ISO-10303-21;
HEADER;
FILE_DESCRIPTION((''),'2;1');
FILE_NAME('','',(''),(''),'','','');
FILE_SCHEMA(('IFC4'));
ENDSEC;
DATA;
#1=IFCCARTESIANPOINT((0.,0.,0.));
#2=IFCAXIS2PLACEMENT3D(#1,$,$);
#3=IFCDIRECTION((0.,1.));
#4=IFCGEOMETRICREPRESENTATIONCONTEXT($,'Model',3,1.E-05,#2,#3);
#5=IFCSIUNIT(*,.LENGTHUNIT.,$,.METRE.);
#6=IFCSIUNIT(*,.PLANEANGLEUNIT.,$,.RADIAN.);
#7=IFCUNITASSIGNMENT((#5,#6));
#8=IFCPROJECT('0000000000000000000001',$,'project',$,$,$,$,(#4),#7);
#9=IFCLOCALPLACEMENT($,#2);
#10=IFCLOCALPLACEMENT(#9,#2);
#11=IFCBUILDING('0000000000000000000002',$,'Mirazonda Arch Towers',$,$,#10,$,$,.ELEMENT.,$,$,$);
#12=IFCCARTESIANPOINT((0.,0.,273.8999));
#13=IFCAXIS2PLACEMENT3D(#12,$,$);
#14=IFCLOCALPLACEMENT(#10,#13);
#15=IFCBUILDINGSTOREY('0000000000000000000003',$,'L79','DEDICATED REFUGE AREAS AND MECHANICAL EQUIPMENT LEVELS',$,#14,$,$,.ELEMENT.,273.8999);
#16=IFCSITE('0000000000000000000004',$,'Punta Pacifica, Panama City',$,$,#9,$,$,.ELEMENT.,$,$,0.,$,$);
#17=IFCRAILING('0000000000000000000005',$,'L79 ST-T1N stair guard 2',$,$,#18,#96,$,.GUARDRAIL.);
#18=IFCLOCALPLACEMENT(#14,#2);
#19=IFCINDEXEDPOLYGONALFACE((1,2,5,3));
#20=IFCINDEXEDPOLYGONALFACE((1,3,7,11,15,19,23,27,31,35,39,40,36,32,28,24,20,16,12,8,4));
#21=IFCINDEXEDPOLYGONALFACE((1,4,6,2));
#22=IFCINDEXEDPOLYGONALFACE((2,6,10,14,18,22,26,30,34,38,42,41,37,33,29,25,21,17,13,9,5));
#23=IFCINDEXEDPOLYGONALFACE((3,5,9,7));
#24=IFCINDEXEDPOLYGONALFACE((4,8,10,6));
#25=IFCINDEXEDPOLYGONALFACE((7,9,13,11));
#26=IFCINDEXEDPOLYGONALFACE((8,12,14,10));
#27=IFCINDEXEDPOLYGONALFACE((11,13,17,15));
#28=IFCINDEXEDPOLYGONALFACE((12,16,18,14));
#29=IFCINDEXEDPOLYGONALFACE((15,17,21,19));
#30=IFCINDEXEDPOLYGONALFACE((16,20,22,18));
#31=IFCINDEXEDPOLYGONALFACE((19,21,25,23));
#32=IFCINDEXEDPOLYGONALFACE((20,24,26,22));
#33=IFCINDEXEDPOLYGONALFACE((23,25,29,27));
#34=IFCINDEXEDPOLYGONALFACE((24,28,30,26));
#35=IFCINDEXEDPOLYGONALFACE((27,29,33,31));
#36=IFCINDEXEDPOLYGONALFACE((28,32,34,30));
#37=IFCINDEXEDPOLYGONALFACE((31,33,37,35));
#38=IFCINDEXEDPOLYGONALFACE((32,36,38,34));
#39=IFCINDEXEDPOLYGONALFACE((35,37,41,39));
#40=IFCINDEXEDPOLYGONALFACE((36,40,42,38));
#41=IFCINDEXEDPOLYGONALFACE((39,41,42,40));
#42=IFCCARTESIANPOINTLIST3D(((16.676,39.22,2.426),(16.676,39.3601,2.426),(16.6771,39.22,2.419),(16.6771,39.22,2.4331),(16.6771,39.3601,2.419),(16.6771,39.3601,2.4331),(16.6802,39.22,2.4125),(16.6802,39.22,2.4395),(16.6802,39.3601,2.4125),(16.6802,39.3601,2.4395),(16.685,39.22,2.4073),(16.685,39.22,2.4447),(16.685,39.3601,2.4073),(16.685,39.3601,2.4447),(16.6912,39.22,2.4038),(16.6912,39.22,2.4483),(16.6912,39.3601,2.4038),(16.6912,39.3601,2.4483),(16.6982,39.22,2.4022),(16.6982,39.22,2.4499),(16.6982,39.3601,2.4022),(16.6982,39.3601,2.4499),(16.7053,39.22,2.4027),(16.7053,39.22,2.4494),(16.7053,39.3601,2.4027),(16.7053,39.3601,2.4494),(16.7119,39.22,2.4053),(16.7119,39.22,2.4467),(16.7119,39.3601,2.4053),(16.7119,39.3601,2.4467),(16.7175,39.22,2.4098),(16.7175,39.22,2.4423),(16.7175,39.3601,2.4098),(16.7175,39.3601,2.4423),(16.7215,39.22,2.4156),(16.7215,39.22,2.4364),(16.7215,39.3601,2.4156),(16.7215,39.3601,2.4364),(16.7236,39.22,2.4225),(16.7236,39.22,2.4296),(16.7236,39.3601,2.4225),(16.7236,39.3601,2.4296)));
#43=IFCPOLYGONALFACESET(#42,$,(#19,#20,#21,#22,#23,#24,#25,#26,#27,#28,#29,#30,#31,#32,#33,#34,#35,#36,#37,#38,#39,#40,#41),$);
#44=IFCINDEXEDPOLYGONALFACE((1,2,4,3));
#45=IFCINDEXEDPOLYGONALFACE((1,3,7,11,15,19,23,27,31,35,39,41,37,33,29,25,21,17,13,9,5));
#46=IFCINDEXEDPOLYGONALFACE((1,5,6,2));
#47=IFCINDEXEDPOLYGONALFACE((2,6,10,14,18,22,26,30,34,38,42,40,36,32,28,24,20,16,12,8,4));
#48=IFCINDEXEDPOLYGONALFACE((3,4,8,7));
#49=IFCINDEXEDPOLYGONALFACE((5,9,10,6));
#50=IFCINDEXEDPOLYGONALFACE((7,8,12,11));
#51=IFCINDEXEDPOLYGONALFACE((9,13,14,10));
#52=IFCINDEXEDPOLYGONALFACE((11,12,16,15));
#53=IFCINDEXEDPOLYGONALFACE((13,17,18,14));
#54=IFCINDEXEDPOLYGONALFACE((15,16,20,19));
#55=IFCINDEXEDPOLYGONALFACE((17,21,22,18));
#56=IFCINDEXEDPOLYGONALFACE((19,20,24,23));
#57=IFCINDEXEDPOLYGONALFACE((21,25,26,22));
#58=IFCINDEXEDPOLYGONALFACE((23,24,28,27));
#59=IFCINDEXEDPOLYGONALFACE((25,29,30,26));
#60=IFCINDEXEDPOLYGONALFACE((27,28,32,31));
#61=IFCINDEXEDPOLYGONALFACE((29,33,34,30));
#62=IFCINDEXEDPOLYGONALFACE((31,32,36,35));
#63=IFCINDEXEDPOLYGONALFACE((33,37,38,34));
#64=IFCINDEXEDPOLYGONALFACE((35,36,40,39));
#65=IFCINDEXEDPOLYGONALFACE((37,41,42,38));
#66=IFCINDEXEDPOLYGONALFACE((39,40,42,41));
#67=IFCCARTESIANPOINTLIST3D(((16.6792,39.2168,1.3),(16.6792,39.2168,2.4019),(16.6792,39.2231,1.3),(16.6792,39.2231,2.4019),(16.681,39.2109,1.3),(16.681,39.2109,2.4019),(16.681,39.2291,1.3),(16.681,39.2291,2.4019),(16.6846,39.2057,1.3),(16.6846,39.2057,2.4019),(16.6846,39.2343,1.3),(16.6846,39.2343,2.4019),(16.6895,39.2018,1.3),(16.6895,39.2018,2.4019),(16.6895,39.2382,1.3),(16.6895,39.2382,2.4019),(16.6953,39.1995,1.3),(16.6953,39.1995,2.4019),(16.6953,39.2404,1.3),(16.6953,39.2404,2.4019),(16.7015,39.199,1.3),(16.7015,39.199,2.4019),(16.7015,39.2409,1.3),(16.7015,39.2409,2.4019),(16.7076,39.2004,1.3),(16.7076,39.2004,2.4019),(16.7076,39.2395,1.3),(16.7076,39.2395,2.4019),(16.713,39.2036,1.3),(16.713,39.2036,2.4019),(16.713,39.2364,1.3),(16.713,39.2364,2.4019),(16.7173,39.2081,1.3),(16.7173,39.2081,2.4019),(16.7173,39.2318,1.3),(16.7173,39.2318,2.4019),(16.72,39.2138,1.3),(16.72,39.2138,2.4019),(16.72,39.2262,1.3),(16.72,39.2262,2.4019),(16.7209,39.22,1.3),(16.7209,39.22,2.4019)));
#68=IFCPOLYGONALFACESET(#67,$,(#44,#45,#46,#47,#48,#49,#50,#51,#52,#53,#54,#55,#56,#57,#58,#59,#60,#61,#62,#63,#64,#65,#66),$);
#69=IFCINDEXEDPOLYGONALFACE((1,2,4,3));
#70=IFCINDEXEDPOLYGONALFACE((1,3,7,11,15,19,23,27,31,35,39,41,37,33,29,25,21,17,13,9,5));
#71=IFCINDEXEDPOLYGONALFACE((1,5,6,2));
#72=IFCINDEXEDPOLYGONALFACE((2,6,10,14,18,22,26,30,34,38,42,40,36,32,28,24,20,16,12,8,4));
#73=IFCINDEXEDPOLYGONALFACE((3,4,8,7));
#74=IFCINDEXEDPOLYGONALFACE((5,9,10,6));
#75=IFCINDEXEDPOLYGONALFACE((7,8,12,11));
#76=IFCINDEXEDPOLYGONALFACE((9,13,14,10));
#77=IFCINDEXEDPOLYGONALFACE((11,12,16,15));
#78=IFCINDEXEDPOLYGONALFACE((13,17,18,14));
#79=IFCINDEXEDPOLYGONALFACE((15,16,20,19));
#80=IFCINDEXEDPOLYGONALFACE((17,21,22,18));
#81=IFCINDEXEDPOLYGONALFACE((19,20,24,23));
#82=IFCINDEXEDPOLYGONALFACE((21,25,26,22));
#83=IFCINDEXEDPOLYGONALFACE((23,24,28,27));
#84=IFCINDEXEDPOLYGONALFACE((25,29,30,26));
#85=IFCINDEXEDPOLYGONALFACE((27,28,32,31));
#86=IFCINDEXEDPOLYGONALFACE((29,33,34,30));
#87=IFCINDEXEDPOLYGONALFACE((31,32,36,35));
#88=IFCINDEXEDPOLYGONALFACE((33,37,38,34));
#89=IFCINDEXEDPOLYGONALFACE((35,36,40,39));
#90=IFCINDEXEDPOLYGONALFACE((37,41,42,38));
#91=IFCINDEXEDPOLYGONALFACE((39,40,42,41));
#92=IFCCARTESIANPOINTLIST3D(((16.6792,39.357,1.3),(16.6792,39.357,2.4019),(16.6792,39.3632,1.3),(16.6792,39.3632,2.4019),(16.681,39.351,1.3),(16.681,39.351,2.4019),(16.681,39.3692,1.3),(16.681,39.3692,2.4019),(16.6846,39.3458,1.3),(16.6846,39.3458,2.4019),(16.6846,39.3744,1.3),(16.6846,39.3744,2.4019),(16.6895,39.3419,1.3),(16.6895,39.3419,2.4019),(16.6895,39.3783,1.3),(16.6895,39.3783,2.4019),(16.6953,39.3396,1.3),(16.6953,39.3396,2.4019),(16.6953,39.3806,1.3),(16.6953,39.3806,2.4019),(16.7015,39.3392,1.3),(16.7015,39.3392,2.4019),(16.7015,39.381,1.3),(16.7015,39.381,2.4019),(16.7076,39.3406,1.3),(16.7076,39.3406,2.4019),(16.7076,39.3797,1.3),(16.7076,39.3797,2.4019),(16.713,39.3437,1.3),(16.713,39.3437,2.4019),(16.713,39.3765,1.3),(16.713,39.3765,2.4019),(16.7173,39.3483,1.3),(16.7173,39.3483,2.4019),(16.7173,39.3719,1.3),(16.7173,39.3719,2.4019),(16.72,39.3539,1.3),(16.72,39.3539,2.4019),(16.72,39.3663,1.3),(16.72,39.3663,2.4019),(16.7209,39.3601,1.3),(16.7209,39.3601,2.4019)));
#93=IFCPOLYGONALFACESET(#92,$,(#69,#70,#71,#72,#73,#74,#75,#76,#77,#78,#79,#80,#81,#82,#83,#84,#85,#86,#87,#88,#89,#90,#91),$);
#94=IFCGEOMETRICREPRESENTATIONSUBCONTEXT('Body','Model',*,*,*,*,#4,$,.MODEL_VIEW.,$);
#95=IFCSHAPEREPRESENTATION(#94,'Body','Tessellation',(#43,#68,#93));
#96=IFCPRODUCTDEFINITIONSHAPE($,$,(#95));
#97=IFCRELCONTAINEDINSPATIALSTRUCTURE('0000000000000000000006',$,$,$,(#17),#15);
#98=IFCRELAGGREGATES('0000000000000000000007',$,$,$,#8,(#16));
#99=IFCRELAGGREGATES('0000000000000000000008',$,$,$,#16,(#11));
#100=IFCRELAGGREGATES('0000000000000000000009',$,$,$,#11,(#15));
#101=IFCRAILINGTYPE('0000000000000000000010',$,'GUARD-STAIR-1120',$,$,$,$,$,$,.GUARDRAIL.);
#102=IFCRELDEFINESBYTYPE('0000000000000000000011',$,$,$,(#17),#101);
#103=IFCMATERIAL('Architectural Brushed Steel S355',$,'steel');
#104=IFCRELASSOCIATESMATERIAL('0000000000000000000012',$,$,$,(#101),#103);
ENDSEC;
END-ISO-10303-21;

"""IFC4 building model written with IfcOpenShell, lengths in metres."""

from ifc_helpers import new_model, si_unit, direction, frame, origin, origin_2d, place, context, subcontext, project, spatial, circle, extrude, material, type_object, element, save


model = new_model("IFC4")

# Units and contexts
model_context = context("Model", 3, precision=1e-05, world=origin(), true_north=direction((0.0, 1.0)))
body_context = subcontext(model_context, "Body", "Model", "MODEL_VIEW")
ifc_project = project(units=[si_unit("LENGTHUNIT", "METRE"), si_unit("PLANEANGLEUNIT", "RADIAN")], contexts=[model_context])

# Site, building, storey
site_placement = place(None, origin())
site = spatial("IfcSite", under=ifc_project, at=site_placement, Name="Punta Pacifica, Panama City", CompositionType="ELEMENT", RefElevation=0.0)
building_placement = place(site_placement, origin())
building = spatial("IfcBuilding", under=site, at=building_placement, Name="Mirazonda Arch Towers", CompositionType="ELEMENT")
storey_placement = place(building_placement, frame((0.0, 0.0, 273.8999)))
storey = spatial("IfcBuildingStorey", under=building, at=storey_placement, Name="L79", Description="DEDICATED REFUGE AREAS AND MECHANICAL EQUIPMENT LEVELS", CompositionType="ELEMENT", Elevation=273.8999)

# Shared definitions
ifc_material_1 = material(Name="Architectural Brushed Steel S355", Category="steel")

# Railing
railing_type_1 = type_object("IfcRailingType", Name="GUARD-STAIR-1120", PredefinedType="GUARDRAIL", material=ifc_material_1)
railing_1_placement = place(storey_placement, frame((16.7, 39.22, 1.3)))
element("IfcRailing", 1, at=railing_1_placement, inside=storey, type_object=railing_type_1, Name="L79 ST-T1N stair guard 2", PredefinedType="GUARDRAIL", context=body_context, shape_type="SweptSolid", body=[
    extrude(circle(Radius=0.0239, at=origin_2d()), frame((0.0, 0.0, 1.126), z_axis=(0.0, 1.0, 0.0), x_axis=(-1.0, 0.0, 0.0)), (0.0, 0.0, 1.0), 0.1401),
    extrude(circle(Radius=0.021, at=origin_2d()), origin(), (0.0, 0.0, 1.0), 1.1018),
    extrude(circle(Radius=0.021, at=origin_2d()), frame((0.0, 0.1401, 0.0)), (0.0, 0.0, 1.0), 1.1018),
])

save(model, "model.ifc")
